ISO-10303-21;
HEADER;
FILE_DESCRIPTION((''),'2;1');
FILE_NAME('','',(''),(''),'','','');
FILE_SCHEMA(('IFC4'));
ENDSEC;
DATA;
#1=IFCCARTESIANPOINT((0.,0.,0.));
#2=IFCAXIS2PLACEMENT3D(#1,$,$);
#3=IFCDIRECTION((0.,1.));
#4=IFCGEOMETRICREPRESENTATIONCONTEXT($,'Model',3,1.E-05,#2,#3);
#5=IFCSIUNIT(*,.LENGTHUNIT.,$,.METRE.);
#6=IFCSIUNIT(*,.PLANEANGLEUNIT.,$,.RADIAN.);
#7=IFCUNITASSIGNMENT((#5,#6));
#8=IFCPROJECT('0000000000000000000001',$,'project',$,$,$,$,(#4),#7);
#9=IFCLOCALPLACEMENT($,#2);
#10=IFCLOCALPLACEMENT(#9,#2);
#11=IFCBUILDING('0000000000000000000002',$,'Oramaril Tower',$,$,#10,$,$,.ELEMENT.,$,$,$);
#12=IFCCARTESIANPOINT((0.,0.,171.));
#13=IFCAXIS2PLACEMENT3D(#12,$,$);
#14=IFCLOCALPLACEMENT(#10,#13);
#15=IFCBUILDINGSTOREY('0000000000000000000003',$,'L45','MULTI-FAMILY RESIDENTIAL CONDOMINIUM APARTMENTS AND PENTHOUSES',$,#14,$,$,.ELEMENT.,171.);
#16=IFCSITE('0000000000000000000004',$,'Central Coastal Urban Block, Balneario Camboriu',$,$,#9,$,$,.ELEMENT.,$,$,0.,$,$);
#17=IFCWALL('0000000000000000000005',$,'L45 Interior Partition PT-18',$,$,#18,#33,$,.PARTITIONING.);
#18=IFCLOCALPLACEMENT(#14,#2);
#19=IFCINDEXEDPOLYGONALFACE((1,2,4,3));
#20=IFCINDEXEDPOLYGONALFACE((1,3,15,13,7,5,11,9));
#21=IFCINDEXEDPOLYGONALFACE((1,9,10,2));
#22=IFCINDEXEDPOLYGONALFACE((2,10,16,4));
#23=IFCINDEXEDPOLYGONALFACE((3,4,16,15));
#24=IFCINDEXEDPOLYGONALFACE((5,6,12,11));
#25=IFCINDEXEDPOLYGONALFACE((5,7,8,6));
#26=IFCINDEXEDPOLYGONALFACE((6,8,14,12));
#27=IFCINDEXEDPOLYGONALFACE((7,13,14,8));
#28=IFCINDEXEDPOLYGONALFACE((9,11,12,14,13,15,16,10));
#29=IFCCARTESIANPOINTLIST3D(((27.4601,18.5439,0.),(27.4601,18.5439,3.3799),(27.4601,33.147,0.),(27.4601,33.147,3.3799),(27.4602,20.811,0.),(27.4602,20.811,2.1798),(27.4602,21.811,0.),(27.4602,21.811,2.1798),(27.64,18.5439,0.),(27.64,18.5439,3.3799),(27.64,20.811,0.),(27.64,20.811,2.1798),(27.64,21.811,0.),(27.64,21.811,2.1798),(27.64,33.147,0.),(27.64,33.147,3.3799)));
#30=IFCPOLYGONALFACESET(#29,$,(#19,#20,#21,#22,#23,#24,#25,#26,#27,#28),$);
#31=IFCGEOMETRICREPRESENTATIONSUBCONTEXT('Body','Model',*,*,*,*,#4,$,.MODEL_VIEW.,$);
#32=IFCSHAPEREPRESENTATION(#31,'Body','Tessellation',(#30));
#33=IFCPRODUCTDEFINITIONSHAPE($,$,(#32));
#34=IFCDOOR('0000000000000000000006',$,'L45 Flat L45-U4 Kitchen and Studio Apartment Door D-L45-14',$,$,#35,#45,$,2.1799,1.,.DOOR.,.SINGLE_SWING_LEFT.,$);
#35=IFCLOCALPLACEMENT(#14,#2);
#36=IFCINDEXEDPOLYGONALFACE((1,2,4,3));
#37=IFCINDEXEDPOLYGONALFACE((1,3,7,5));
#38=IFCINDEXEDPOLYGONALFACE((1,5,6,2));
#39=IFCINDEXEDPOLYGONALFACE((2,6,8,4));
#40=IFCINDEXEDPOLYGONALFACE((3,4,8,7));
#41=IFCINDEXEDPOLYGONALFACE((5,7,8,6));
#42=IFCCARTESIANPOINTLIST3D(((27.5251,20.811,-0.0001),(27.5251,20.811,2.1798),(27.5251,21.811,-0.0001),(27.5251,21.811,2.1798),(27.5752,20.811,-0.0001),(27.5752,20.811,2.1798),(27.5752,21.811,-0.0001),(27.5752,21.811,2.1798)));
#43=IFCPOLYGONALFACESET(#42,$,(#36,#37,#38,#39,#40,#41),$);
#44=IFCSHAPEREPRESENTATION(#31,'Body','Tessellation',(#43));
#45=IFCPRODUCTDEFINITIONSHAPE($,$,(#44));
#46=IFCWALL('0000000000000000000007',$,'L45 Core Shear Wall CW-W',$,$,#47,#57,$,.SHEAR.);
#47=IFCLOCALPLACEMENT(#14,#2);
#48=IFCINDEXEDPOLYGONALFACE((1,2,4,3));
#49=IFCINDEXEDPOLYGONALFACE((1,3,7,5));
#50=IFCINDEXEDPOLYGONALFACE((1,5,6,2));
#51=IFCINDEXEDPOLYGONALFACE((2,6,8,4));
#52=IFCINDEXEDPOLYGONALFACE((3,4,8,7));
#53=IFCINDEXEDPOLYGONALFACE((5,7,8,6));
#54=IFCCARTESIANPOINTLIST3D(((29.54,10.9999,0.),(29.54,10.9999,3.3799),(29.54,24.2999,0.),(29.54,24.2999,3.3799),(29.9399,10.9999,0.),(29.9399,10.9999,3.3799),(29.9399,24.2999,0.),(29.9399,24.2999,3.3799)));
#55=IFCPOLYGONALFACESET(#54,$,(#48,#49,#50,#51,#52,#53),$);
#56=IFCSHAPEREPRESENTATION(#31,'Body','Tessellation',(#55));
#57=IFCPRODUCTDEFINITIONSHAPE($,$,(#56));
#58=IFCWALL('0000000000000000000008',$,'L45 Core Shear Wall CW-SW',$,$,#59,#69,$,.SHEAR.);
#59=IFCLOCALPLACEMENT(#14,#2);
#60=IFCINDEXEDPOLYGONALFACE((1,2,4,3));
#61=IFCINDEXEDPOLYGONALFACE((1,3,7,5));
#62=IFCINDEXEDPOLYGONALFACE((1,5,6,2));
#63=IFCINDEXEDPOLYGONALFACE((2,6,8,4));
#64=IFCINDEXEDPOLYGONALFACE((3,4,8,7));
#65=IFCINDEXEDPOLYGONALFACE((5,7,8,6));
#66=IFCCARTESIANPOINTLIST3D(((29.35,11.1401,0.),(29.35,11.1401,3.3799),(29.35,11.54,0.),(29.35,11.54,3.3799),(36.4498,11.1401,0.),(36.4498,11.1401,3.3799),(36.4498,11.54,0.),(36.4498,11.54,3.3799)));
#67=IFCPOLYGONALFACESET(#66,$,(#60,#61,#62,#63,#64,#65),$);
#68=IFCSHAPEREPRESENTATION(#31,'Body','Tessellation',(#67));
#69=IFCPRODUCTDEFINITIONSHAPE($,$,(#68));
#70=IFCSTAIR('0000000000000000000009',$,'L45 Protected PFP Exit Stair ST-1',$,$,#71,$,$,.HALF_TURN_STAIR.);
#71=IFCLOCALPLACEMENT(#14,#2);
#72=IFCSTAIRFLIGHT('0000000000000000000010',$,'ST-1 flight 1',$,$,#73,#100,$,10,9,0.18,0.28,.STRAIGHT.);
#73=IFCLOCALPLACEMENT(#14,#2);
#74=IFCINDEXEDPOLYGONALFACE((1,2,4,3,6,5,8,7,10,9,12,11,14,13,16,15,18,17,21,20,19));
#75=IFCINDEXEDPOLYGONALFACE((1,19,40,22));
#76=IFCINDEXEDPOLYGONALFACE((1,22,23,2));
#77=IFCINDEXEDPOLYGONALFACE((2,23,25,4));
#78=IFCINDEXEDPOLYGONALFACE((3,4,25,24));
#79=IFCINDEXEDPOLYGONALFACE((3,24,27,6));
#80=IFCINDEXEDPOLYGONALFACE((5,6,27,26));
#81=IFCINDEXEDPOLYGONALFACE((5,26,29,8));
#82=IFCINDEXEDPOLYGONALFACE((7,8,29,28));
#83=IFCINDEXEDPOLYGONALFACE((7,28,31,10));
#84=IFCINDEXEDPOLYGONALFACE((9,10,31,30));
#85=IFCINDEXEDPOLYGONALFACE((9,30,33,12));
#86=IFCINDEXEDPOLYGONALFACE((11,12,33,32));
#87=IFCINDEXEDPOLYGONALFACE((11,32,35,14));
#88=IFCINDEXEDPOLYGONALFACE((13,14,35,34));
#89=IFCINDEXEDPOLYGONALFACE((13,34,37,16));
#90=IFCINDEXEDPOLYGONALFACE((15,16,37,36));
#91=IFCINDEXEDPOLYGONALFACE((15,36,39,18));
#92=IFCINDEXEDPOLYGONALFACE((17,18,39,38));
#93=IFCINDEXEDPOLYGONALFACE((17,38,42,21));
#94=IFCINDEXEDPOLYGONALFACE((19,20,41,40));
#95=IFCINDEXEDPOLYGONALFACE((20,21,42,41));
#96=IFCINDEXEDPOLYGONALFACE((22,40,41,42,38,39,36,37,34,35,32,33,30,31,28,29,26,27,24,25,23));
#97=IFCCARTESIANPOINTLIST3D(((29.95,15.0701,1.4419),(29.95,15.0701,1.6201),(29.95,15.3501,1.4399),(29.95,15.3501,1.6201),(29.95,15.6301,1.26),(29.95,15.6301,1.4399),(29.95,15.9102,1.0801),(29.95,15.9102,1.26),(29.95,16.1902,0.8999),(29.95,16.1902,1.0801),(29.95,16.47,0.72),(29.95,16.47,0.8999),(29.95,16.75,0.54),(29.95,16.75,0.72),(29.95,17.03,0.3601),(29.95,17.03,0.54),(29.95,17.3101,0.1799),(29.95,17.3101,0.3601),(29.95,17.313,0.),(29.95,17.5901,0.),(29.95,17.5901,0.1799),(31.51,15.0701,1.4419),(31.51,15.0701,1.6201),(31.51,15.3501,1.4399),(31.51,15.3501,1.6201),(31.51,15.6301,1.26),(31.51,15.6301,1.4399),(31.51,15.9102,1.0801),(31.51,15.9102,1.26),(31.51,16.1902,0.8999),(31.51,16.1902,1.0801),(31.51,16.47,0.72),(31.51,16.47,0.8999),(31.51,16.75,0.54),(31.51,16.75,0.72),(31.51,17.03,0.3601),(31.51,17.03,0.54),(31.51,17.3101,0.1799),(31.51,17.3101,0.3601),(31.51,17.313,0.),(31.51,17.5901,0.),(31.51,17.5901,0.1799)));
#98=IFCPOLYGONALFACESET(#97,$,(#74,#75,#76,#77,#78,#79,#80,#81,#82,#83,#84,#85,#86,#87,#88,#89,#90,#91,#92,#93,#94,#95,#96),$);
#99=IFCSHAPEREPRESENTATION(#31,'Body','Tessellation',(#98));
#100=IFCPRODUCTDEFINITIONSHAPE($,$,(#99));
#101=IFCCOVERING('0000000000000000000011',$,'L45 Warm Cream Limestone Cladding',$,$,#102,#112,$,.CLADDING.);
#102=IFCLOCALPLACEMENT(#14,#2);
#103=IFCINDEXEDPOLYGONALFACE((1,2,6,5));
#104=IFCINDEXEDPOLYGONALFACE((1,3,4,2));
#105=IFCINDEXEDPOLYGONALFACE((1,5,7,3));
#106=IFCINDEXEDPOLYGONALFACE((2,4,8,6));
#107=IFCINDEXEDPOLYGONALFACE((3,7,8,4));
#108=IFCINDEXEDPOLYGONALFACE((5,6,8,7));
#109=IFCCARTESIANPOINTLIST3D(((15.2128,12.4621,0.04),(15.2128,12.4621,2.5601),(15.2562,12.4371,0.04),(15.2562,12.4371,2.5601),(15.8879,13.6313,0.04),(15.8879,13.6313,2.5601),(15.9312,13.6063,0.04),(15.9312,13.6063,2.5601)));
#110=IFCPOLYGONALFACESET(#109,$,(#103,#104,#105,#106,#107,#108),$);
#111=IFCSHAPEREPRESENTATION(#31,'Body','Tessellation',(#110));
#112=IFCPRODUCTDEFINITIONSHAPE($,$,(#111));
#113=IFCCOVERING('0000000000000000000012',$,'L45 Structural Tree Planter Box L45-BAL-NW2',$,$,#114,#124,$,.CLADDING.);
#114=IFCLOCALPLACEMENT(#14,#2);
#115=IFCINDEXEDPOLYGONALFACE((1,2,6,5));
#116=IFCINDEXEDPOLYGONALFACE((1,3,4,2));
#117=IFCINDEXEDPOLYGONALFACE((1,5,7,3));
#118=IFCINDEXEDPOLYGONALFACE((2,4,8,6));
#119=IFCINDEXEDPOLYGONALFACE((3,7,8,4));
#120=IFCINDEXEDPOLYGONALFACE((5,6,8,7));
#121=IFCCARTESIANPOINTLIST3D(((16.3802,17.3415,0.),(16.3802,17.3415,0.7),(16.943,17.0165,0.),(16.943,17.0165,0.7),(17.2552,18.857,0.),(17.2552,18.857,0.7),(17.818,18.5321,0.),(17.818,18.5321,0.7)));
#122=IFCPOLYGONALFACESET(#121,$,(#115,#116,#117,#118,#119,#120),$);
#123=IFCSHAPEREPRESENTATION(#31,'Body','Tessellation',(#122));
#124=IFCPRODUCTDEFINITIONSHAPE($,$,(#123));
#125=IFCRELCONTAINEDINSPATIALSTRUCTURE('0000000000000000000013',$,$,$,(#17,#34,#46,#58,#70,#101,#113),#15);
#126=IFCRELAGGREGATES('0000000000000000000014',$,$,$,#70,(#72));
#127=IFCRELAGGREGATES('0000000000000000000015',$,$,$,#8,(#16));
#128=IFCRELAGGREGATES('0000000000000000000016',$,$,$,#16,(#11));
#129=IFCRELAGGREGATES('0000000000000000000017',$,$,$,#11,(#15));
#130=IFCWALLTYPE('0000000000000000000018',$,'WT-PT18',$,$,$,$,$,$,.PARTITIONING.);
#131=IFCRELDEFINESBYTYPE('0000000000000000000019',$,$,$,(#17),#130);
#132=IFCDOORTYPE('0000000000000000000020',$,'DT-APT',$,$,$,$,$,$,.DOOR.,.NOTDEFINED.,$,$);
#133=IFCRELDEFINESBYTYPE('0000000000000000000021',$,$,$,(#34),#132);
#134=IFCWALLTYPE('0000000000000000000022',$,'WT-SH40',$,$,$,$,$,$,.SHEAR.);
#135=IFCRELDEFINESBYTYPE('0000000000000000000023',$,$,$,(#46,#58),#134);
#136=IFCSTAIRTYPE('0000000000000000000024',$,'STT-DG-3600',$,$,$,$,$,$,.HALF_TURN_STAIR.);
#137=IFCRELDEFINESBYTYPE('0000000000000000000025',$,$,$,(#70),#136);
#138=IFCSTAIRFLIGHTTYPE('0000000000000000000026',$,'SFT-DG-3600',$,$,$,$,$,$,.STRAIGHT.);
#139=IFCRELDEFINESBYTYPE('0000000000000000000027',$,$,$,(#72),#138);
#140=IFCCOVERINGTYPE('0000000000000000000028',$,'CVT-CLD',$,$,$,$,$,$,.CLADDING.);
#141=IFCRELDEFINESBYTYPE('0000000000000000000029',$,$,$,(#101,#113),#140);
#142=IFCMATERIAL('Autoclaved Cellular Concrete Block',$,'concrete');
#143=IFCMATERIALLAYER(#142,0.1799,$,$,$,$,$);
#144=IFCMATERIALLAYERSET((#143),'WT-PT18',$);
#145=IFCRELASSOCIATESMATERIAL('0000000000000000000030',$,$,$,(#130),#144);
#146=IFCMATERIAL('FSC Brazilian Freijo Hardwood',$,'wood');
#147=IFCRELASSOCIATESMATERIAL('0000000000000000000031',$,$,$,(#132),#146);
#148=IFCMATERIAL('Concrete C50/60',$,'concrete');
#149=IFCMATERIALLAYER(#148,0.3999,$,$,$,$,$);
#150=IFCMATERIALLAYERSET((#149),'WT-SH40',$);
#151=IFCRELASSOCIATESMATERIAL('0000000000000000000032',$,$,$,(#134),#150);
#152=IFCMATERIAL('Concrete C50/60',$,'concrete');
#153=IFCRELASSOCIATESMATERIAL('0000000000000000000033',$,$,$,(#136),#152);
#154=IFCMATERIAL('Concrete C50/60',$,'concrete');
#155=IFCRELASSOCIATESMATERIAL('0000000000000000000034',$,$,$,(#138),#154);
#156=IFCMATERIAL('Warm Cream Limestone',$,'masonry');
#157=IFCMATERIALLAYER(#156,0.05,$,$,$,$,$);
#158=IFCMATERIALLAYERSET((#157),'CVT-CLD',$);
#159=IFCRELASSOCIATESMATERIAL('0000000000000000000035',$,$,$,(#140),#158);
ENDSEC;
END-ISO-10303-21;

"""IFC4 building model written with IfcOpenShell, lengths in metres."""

from ifc_helpers import new_model, si_unit, direction, frame, frame_2d, origin, origin_2d, place, context, subcontext, project, spatial, polyline, rectangle, outline, extrude, material, layer, layer_set, type_object, element, fill, aggregate, save


model = new_model("IFC4")

# Units and contexts
model_context = context("Model", 3, precision=1e-05, world=origin(), true_north=direction((0.0, 1.0)))
body_context = subcontext(model_context, "Body", "Model", "MODEL_VIEW")
ifc_project = project(units=[si_unit("LENGTHUNIT", "METRE"), si_unit("PLANEANGLEUNIT", "RADIAN")], contexts=[model_context])

# Site, building, storey
site_placement = place(None, origin())
site = spatial("IfcSite", under=ifc_project, at=site_placement, Name="Central Coastal Urban Block, Balneario Camboriu", CompositionType="ELEMENT", RefElevation=0.0)
building_placement = place(site_placement, origin())
building = spatial("IfcBuilding", under=site, at=building_placement, Name="Oramaril Tower", CompositionType="ELEMENT")
storey_placement = place(building_placement, frame((0.0, 0.0, 171.0)))
storey = spatial("IfcBuildingStorey", under=building, at=storey_placement, Name="L45", Description="MULTI-FAMILY RESIDENTIAL CONDOMINIUM APARTMENTS AND PENTHOUSES", CompositionType="ELEMENT", Elevation=171.0)

# Shared definitions
ifc_material_1 = material(Name="Autoclaved Cellular Concrete Block", Category="concrete")
ifc_layer_1 = layer(ifc_material_1, 0.1799)
ifc_layer_set_1 = layer_set([ifc_layer_1], Name="WT-PT18")
wall_type_1 = type_object("IfcWallType", Name="WT-PT18", PredefinedType="PARTITIONING", material=ifc_layer_set_1)

# Wall, opening, door
wall_1_placement = place(storey_placement, frame((27.55, 18.5439, 0.0), z_axis=(0.0, 0.0, 1.0), x_axis=(0.0, 1.0, 0.0)))
wall_1 = element("IfcWall", 1, at=wall_1_placement, inside=storey, type_object=wall_type_1, Name="L45 Interior Partition PT-18", PredefinedType="PARTITIONING", context=body_context, shape_type="SweptSolid", body=[
    extrude(rectangle(XDim=14.603, YDim=0.1799, at=frame_2d((7.3015, 0.0))), origin(), (0.0, 0.0, 1.0), 3.3799),
])
opening_1_placement = place(wall_1_placement, frame((2.2671, 0.0, 0.0)))
opening_1 = element("IfcOpeningElement", 2, at=opening_1_placement, cuts=wall_1, PredefinedType="OPENING", context=body_context, shape_type="SweptSolid", body=[
    extrude(rectangle(XDim=1.0, YDim=2.1799, at=frame_2d((0.5, 1.0898))), frame((0.0, 0.0898, 0.0), z_axis=(0.0, -1.0, 0.0), x_axis=(1.0, 0.0, 0.0)), (0.0, 0.0, 1.0), 0.1799),
])
ifc_material_2 = material(Name="FSC Brazilian Freijo Hardwood", Category="wood")
door_type_1 = type_object("IfcDoorType", Name="DT-APT", OperationType="NOTDEFINED", PredefinedType="DOOR", material=ifc_material_2)
door_1_placement = place(opening_1_placement, origin())
door_1 = element("IfcDoor", 3, at=door_1_placement, inside=storey, type_object=door_type_1, Name="L45 Flat L45-U4 Kitchen and Studio Apartment Door D-L45-14", OperationType="SINGLE_SWING_LEFT", OverallHeight=2.1799, OverallWidth=1.0, PredefinedType="DOOR", context=body_context, shape_type="SweptSolid", body=[
    extrude(rectangle(XDim=1.0, YDim=2.1799, at=frame_2d((0.5, 1.0898))), frame((0.0, 0.0249, 0.0), z_axis=(0.0, -1.0, 0.0), x_axis=(1.0, 0.0, 0.0)), (0.0, 0.0, 1.0), 0.05),
])
fill(opening_1, door_1)

# Walls
ifc_material_3 = material(Name="Concrete C50/60", Category="concrete")
ifc_layer_2 = layer(ifc_material_3, 0.3999)
ifc_layer_set_2 = layer_set([ifc_layer_2], Name="WT-SH40")
wall_type_2 = type_object("IfcWallType", Name="WT-SH40", PredefinedType="SHEAR", material=ifc_layer_set_2)
wall_2_placement = place(storey_placement, frame((29.74, 11.0, 0.0), z_axis=(0.0, 0.0, 1.0), x_axis=(0.0, 1.0, 0.0)))
element("IfcWall", 4, at=wall_2_placement, inside=storey, type_object=wall_type_2, Name="L45 Core Shear Wall CW-W", PredefinedType="SHEAR", context=body_context, shape_type="SweptSolid", body=[
    extrude(rectangle(XDim=13.3, YDim=0.3999, at=frame_2d((6.6499, 0.0))), origin(), (0.0, 0.0, 1.0), 3.3799),
])
wall_3_placement = place(storey_placement, frame((29.3501, 11.3401, 0.0), z_axis=(0.0, 0.0, 1.0), x_axis=(1.0, 0.0, 0.0)))
element("IfcWall", 5, at=wall_3_placement, inside=storey, type_object=wall_type_2, Name="L45 Core Shear Wall CW-SW", PredefinedType="SHEAR", context=body_context, shape_type="SweptSolid", body=[
    extrude(rectangle(XDim=7.0999, YDim=0.3999, at=frame_2d((3.5498, 0.0))), origin(), (0.0, 0.0, 1.0), 3.3799),
])

# Stair, stair flight
ifc_material_4 = material(Name="Concrete C50/60", Category="concrete")
stair_type = type_object("IfcStairType", Name="STT-DG-3600", PredefinedType="HALF_TURN_STAIR", material=ifc_material_4)
stair_placement = place(storey_placement, origin())
stair = element("IfcStair", 6, at=stair_placement, inside=storey, type_object=stair_type, Name="L45 Protected PFP Exit Stair ST-1", PredefinedType="HALF_TURN_STAIR")
ifc_material_5 = material(Name="Concrete C50/60", Category="concrete")
stair_flight_type = type_object("IfcStairFlightType", Name="SFT-DG-3600", PredefinedType="STRAIGHT", material=ifc_material_5)
stair_flight_placement = place(storey_placement, frame((30.73, 17.5901, 0.0), z_axis=(0.0, 0.0, 1.0), x_axis=(0.0, -1.0, 0.0)))
stair_flight = element("IfcStairFlight", 7, at=stair_flight_placement, type_object=stair_flight_type, Name="ST-1 flight 1", NumberOfRisers=10, NumberOfTreads=9, PredefinedType="STRAIGHT", RiserHeight=0.18, TreadLength=0.28, context=body_context, shape_type="SweptSolid", body=[
    extrude(outline(polyline([(0.0, 0.0), (0.0, 0.1799), (0.28, 0.1799), (0.28, 0.3601), (0.5601, 0.3601), (0.5601, 0.54), (0.8401, 0.54), (0.8401, 0.72), (1.1201, 0.72), (1.1201, 0.8999), (1.3999, 0.8999), (1.3999, 1.0801), (1.6799, 1.0801), (1.6799, 1.26), (1.96, 1.26), (1.96, 1.4399), (2.24, 1.4399), (2.24, 1.6201), (2.52, 1.6201), (2.52, 1.8), (2.52, 1.4419), (0.2771, 0.0), (0.0, 0.0)])), frame((0.0, 0.78, 0.0), z_axis=(0.0, -1.0, 0.0), x_axis=(1.0, 0.0, 0.0)), (0.0, 0.0, 1.0), 1.5601),
])
aggregate(stair, [stair_flight])

# Coverings
ifc_material_6 = material(Name="Warm Cream Limestone", Category="masonry")
ifc_layer_3 = layer(ifc_material_6, 0.05)
ifc_layer_set_3 = layer_set([ifc_layer_3], Name="CVT-CLD")
covering_type = type_object("IfcCoveringType", Name="CVT-CLD", PredefinedType="CLADDING", material=ifc_layer_set_3)
covering_1_placement = place(storey_placement, frame((15.572, 13.0342, 0.04), z_axis=(0.0, 0.0, 1.0), x_axis=(-0.5, -0.866025, 0.0)))
element("IfcCovering", 8, at=covering_1_placement, inside=storey, type_object=covering_type, Name="L45 Warm Cream Limestone Cladding", PredefinedType="CLADDING", context=body_context, shape_type="SweptSolid", body=[
    extrude(rectangle(XDim=1.3501, YDim=0.05, at=origin_2d()), origin(), (0.0, 0.0, 1.0), 2.52),
])
covering_2_placement = place(storey_placement, frame((17.0991, 17.9368, 0.0), z_axis=(0.0, 0.0, 1.0), x_axis=(-0.500002, -0.866025, 0.0)))
element("IfcCovering", 9, at=covering_2_placement, inside=storey, type_object=covering_type, Name="L45 Structural Tree Planter Box L45-BAL-NW2", PredefinedType="CLADDING", context=body_context, shape_type="SweptSolid", body=[
    extrude(rectangle(XDim=1.75, YDim=0.6499, at=origin_2d()), origin(), (0.0, 0.0, 1.0), 0.7),
])

save(model, "model.ifc")
